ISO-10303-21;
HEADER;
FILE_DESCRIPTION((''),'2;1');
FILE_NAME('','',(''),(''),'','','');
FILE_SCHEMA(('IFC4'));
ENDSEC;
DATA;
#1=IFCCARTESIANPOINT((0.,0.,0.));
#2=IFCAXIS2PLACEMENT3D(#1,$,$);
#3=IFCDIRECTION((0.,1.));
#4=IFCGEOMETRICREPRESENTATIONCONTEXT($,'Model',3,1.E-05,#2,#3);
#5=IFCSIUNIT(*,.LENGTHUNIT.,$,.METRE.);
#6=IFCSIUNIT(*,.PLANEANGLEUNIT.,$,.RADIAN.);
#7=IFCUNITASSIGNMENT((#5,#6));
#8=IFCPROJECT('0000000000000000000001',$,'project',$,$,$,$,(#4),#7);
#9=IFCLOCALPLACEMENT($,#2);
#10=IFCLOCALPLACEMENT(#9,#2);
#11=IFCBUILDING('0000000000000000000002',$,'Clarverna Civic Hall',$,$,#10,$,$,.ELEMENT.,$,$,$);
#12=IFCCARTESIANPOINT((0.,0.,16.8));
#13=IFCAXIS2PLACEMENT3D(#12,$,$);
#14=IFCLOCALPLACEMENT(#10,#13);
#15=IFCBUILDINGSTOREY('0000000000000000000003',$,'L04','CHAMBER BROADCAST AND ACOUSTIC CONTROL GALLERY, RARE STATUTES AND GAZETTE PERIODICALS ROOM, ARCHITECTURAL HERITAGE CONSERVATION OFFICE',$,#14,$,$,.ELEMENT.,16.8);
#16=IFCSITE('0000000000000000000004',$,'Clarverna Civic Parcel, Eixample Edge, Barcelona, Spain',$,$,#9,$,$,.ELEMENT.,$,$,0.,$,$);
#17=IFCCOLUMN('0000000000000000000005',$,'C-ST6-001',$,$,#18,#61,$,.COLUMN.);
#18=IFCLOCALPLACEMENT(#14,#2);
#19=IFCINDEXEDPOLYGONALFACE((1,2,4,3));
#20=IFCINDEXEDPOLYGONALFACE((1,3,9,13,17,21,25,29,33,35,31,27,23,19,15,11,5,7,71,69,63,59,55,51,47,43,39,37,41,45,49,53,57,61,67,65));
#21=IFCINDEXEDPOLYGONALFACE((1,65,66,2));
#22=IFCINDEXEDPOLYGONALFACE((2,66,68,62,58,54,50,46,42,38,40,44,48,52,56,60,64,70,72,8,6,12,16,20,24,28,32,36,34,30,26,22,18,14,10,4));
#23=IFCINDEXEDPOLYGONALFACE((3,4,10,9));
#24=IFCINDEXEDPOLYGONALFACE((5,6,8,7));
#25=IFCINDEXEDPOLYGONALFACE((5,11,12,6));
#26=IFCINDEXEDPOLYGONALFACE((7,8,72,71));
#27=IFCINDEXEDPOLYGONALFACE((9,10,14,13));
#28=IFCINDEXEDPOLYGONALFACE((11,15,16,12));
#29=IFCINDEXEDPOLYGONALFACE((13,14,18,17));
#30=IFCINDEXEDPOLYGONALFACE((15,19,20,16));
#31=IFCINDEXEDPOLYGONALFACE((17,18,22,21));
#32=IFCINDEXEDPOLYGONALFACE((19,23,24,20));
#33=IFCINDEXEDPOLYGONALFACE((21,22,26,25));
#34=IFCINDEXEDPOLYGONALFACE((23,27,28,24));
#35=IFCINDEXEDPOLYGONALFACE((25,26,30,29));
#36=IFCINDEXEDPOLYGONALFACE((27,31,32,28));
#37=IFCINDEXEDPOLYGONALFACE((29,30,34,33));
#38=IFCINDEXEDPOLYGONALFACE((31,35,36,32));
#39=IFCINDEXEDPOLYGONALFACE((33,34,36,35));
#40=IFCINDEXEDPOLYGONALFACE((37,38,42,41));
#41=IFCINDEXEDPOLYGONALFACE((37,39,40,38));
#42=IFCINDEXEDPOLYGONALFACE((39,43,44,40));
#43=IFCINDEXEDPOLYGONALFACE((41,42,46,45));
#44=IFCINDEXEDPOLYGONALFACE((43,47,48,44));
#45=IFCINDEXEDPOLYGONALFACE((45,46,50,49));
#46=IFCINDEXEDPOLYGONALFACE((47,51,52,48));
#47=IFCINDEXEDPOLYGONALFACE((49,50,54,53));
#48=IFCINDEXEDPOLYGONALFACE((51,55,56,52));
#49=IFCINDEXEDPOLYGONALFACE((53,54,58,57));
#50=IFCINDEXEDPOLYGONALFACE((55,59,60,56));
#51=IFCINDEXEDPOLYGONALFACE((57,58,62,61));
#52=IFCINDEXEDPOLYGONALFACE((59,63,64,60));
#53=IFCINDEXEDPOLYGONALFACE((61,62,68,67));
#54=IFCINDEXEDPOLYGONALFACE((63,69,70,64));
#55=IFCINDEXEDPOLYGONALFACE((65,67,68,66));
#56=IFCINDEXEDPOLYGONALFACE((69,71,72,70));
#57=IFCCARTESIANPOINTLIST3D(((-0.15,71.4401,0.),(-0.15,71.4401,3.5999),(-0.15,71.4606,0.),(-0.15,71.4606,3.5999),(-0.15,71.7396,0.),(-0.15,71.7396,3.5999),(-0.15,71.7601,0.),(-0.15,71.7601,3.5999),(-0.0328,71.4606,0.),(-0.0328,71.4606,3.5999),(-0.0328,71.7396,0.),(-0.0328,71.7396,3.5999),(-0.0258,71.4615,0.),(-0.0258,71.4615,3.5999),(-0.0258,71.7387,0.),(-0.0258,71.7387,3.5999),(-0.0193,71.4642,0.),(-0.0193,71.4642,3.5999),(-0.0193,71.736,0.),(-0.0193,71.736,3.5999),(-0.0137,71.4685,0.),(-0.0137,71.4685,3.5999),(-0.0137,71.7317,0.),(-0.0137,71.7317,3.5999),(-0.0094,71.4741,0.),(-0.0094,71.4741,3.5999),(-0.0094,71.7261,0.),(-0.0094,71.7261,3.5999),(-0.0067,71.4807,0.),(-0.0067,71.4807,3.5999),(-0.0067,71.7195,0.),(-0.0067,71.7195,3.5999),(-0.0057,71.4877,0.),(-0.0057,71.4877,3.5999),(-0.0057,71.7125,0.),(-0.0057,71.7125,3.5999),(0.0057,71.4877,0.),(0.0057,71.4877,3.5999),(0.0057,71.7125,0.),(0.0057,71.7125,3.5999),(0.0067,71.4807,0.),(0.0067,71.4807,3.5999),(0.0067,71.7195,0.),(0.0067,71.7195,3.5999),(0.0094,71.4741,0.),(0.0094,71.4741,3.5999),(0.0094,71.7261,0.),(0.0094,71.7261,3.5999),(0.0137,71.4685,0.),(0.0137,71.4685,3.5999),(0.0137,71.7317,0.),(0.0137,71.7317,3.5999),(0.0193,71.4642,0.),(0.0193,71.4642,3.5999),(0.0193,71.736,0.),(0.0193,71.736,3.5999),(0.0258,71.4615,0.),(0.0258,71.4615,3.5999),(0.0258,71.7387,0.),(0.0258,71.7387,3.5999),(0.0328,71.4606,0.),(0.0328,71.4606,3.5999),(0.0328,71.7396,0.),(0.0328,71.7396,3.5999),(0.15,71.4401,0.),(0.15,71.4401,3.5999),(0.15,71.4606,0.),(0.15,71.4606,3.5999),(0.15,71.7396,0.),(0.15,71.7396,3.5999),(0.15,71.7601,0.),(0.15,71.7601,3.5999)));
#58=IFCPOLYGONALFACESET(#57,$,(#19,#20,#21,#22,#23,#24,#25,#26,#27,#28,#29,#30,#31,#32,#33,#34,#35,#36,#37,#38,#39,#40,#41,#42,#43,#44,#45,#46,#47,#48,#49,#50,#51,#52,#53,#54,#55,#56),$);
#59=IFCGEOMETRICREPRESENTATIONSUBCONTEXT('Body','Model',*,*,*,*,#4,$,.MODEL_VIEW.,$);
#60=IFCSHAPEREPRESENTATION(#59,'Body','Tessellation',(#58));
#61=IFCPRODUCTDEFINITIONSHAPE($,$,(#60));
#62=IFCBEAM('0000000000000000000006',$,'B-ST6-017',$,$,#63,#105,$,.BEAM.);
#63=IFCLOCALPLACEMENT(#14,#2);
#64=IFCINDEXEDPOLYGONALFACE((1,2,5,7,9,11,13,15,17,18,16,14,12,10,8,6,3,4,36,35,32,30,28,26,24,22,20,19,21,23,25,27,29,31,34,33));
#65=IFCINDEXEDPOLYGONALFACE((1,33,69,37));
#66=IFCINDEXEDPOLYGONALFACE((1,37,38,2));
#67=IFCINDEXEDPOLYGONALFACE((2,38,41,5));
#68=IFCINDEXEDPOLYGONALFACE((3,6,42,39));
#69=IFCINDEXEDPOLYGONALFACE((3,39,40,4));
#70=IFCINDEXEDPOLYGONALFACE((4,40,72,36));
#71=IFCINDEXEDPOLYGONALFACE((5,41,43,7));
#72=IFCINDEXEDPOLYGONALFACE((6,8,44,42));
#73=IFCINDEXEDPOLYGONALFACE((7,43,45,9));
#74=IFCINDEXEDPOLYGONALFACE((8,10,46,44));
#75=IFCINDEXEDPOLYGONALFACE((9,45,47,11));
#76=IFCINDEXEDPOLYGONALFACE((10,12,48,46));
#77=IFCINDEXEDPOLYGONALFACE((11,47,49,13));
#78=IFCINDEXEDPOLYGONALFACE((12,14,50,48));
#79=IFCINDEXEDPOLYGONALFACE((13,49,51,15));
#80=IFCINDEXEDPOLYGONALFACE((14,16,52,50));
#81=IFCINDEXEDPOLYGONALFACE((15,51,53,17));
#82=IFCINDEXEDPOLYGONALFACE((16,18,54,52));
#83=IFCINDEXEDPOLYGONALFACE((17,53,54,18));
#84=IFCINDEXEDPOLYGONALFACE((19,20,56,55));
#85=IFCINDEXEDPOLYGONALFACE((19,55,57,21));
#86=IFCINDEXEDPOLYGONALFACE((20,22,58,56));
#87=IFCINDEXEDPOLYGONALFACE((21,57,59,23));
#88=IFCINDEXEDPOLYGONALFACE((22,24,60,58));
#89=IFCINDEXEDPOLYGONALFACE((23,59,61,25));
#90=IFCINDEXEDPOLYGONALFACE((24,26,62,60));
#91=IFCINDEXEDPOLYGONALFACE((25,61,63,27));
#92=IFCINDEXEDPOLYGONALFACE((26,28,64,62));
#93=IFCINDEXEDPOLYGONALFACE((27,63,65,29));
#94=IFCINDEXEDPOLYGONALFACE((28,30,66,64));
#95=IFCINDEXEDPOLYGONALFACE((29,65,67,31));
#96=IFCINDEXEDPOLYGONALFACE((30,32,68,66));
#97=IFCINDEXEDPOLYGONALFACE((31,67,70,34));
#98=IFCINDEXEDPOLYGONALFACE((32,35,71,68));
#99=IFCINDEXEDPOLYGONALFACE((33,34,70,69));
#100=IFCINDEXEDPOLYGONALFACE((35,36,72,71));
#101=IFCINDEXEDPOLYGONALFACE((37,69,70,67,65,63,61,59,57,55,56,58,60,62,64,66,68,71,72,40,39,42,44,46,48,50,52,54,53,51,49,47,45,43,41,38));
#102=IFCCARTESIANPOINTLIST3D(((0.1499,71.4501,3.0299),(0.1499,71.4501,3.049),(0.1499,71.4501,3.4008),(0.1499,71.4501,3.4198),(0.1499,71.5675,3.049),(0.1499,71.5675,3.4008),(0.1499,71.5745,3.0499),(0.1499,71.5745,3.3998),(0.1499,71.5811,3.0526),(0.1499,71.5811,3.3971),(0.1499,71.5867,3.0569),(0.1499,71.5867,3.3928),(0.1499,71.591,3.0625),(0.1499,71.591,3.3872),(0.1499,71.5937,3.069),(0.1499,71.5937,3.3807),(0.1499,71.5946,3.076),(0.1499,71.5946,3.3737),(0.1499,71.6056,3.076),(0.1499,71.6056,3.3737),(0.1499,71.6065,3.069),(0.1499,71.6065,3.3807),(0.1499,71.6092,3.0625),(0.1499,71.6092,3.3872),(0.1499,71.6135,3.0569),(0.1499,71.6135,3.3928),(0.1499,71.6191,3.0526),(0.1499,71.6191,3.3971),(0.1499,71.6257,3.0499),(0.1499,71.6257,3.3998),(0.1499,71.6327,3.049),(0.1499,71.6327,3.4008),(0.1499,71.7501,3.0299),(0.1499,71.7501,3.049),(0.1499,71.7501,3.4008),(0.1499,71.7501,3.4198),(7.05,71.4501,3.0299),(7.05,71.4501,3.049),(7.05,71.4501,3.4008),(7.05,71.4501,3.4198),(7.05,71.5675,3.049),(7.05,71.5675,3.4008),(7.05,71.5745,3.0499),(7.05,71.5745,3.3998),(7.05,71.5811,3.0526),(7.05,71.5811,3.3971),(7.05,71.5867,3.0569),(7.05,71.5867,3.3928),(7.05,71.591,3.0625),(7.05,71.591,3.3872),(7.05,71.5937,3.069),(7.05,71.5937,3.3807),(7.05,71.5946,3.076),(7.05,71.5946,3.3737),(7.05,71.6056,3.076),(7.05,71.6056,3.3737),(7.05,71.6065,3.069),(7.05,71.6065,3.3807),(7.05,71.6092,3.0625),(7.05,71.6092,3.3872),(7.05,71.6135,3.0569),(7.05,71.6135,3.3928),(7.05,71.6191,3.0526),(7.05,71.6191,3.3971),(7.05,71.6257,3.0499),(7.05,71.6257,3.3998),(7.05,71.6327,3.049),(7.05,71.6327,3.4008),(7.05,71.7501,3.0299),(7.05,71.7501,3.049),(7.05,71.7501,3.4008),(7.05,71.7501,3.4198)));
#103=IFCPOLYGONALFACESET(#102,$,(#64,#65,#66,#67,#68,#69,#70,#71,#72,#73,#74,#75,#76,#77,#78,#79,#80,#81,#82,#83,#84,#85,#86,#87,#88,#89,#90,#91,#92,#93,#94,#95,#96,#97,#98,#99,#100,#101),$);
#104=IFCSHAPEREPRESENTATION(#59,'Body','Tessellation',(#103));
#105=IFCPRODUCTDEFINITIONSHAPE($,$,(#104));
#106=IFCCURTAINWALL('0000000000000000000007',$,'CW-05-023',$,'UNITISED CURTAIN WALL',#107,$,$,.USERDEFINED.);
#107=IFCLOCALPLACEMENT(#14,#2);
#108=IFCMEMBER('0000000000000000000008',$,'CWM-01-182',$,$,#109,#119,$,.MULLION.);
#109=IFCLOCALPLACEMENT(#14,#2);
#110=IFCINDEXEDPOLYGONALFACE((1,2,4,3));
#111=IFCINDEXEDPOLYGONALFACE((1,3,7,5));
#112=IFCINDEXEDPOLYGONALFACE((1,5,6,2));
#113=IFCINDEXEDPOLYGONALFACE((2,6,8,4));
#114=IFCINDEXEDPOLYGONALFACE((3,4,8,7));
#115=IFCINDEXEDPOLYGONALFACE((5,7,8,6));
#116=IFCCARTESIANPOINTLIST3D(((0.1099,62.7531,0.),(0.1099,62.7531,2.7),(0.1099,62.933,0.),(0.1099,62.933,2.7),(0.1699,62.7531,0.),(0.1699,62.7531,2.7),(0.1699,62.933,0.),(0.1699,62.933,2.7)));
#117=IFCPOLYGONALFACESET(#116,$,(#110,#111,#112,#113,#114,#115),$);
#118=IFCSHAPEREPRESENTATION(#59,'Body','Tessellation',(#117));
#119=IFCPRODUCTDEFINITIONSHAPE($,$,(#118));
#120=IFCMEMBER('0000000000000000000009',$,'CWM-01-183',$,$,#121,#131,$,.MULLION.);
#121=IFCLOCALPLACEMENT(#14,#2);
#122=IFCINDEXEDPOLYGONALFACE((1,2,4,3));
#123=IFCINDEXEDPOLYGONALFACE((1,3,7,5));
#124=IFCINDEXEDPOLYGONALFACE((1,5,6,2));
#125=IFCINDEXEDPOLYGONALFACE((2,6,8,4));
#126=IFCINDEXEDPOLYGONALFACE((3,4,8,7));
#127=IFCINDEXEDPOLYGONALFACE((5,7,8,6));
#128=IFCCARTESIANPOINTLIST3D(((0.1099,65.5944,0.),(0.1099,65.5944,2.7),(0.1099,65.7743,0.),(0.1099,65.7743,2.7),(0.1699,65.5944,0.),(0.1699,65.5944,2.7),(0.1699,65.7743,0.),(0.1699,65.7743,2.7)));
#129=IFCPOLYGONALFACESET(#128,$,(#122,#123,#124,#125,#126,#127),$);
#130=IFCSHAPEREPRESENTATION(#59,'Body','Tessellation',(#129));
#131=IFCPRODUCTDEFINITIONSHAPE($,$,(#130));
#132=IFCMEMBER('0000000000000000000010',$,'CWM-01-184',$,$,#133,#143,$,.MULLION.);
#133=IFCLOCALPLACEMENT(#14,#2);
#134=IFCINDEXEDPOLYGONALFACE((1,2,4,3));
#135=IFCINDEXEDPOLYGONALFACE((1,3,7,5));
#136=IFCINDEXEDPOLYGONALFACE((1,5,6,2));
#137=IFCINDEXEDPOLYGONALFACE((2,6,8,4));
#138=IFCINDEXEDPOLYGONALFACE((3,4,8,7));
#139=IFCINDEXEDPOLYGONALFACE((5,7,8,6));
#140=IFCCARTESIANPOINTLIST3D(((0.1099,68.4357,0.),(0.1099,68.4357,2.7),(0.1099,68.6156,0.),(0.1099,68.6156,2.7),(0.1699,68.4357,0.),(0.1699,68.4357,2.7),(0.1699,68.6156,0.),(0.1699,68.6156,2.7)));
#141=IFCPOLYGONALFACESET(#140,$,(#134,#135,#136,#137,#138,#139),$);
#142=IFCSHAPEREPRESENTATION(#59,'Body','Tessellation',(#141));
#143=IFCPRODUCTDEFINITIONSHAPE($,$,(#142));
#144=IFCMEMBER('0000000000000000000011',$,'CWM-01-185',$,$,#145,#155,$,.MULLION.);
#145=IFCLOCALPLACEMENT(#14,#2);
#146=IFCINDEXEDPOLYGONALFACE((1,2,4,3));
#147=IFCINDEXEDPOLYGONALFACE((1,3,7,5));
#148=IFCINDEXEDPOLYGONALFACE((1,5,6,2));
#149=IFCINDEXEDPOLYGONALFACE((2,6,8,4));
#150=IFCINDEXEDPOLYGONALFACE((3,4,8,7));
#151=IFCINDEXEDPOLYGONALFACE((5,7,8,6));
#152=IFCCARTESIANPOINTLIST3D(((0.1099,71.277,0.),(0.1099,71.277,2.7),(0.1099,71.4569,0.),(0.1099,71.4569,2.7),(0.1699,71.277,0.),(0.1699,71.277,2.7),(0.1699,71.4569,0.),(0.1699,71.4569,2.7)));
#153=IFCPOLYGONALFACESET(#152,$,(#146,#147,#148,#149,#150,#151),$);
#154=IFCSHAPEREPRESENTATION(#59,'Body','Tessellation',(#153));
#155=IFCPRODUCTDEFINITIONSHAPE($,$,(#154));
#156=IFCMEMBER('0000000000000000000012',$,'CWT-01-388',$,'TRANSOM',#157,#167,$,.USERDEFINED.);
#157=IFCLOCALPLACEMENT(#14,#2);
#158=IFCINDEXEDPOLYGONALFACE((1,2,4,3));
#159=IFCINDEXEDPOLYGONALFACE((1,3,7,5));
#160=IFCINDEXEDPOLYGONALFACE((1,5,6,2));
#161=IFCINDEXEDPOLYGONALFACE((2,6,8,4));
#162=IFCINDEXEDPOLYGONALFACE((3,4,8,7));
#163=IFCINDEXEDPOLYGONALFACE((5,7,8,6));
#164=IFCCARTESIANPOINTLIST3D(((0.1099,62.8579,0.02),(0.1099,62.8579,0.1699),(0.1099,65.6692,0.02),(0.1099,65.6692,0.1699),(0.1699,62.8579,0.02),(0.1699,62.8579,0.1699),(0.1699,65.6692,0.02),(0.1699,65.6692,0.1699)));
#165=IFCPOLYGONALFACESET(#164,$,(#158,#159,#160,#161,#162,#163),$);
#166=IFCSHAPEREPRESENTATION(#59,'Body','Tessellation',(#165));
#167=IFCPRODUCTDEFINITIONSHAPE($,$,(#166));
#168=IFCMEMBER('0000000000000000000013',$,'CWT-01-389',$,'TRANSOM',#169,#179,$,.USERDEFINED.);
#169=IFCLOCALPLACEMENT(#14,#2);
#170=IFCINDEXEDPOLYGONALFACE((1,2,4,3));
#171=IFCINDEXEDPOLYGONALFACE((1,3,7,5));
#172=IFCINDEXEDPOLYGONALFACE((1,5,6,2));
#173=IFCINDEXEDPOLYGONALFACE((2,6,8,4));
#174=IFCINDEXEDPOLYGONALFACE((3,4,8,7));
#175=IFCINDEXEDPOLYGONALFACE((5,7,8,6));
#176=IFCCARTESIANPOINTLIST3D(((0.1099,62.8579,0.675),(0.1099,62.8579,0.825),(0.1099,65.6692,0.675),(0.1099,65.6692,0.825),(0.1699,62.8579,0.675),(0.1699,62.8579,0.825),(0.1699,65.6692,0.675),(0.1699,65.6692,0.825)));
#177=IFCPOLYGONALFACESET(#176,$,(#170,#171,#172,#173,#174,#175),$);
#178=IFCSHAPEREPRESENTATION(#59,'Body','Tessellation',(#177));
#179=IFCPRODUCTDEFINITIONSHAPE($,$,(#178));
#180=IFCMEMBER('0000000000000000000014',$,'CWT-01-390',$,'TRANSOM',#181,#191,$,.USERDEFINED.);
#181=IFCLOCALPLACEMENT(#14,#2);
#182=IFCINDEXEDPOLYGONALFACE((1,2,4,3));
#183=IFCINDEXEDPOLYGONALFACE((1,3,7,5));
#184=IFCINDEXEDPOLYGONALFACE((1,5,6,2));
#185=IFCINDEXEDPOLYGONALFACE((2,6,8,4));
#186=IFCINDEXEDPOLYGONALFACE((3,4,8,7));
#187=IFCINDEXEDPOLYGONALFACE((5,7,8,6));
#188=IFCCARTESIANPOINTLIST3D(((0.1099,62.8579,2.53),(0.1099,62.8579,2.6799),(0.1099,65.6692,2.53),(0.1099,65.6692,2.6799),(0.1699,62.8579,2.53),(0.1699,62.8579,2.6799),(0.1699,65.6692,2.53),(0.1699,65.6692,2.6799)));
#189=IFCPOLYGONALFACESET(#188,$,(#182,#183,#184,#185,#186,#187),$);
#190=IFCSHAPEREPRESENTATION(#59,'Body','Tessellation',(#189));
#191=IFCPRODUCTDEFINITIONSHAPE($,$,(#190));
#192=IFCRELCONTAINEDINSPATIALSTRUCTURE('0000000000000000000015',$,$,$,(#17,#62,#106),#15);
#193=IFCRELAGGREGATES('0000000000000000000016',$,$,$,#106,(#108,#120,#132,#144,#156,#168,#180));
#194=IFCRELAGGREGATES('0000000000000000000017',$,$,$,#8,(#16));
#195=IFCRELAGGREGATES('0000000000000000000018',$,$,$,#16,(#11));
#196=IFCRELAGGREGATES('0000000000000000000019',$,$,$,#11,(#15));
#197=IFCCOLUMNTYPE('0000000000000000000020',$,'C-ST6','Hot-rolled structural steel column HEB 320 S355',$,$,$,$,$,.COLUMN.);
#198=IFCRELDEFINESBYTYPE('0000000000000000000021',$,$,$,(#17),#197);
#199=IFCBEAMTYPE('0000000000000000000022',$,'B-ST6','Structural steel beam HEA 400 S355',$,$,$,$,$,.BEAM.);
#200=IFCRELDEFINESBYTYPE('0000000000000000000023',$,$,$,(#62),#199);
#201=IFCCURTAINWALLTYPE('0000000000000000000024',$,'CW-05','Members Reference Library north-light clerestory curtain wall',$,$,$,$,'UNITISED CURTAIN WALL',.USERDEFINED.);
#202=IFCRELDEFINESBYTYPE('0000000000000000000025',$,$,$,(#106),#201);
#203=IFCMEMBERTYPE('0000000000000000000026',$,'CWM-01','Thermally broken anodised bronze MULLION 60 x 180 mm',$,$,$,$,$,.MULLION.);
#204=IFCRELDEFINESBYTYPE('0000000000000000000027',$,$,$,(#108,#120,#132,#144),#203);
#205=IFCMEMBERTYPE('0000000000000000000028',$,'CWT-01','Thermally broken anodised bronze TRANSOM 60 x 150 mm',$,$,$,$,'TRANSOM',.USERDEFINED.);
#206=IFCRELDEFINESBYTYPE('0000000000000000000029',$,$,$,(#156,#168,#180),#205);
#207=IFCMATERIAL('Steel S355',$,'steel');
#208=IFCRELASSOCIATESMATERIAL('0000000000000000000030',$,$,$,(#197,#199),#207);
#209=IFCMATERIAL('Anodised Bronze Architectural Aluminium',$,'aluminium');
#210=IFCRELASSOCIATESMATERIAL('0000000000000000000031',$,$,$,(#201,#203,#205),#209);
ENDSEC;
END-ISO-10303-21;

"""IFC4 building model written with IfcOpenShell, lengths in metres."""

from ifc_helpers import new_model, si_unit, direction, frame, origin, origin_2d, place, context, subcontext, project, spatial, rectangle, i_section, extrude, material, material_profile, profile_set, type_object, element, aggregate, save


model = new_model("IFC4")

# Units and contexts
model_context = context("Model", 3, precision=1e-05, world=origin(), true_north=direction((0.0, 1.0)))
body_context = subcontext(model_context, "Body", "Model", "MODEL_VIEW")
ifc_project = project(units=[si_unit("LENGTHUNIT", "METRE"), si_unit("PLANEANGLEUNIT", "RADIAN")], contexts=[model_context])

# Site, building, storey
site_placement = place(None, origin())
site = spatial("IfcSite", under=ifc_project, at=site_placement, Name="Clarverna Civic Parcel, Eixample Edge, Barcelona, Spain", CompositionType="ELEMENT", RefElevation=0.0)
building_placement = place(site_placement, origin())
building = spatial("IfcBuilding", under=site, at=building_placement, Name="Clarverna Civic Hall", CompositionType="ELEMENT")
storey_placement = place(building_placement, frame((0.0, 0.0, 16.8)))
storey = spatial("IfcBuildingStorey", under=building, at=storey_placement, Name="L04", Description="CHAMBER BROADCAST AND ACOUSTIC CONTROL GALLERY, RARE STATUTES AND GAZETTE PERIODICALS ROOM, ARCHITECTURAL HERITAGE CONSERVATION OFFICE", CompositionType="ELEMENT", Elevation=16.8)

# Column
ifc_material_1 = material(Name="Steel S355", Category="steel")
ifc_material_profile_1 = material_profile(ifc_material_1, i_section(OverallWidth=0.3, OverallDepth=0.3201, WebThickness=0.0115, FlangeThickness=0.0205, FilletRadius=0.0271, at=origin_2d()), Name="HEB 320")
ifc_profile_set_1 = profile_set([ifc_material_profile_1], Name="Steel S355")
column_type = type_object("IfcColumnType", Name="C-ST6", Description="Hot-rolled structural steel column HEB 320 S355", PredefinedType="COLUMN", material=ifc_profile_set_1)
column_placement = place(storey_placement, frame((0.0, 71.6001, 0.0), z_axis=(0.0, 0.0, 1.0), x_axis=(1.0, 0.0, 0.0)))
element("IfcColumn", 1, at=column_placement, inside=storey, type_object=column_type, Name="C-ST6-001", PredefinedType="COLUMN", context=body_context, shape_type="SweptSolid", body=[
    extrude(i_section(OverallWidth=0.3, OverallDepth=0.3201, WebThickness=0.0115, FlangeThickness=0.0205, FilletRadius=0.0271, at=origin_2d()), origin(), (0.0, 0.0, 1.0), 3.5999),
])

# Beam
ifc_material_profile_2 = material_profile(ifc_material_1, i_section(OverallWidth=0.3, OverallDepth=0.3899, WebThickness=0.011, FlangeThickness=0.019, FilletRadius=0.0271, at=origin_2d()), Name="HEA 400")
ifc_profile_set_2 = profile_set([ifc_material_profile_2], Name="Steel S355")
beam_type = type_object("IfcBeamType", Name="B-ST6", Description="Structural steel beam HEA 400 S355", PredefinedType="BEAM", material=ifc_profile_set_2)
beam_placement = place(storey_placement, frame((0.1499, 71.6001, 3.2249), z_axis=(1.0, 0.0, 0.0), x_axis=(0.0, 1.0, 0.0)))
element("IfcBeam", 2, at=beam_placement, inside=storey, type_object=beam_type, Name="B-ST6-017", PredefinedType="BEAM", context=body_context, shape_type="SweptSolid", body=[
    extrude(i_section(OverallWidth=0.3, OverallDepth=0.3899, WebThickness=0.011, FlangeThickness=0.019, FilletRadius=0.0271, at=origin_2d()), origin(), (0.0, 0.0, 1.0), 6.9001),
])

# Curtain wall, members
ifc_material_2 = material(Name="Anodised Bronze Architectural Aluminium", Category="aluminium")
curtain_wall_type = type_object("IfcCurtainWallType", Name="CW-05", Description="Members Reference Library north-light clerestory curtain wall", ElementType="UNITISED CURTAIN WALL", PredefinedType="USERDEFINED", material=ifc_material_2)
curtain_wall_placement = place(storey_placement, origin())
curtain_wall = element("IfcCurtainWall", 3, at=curtain_wall_placement, inside=storey, type_object=curtain_wall_type, Name="CW-05-023", ObjectType="UNITISED CURTAIN WALL", PredefinedType="USERDEFINED")
ifc_material_profile_3 = material_profile(ifc_material_2, rectangle(XDim=0.0601, YDim=0.1799, at=origin_2d()), Name="BRONZE 60x180")
ifc_profile_set_3 = profile_set([ifc_material_profile_3], Name="Anodised Bronze Architectural Aluminium")
member_type_1 = type_object("IfcMemberType", Name="CWM-01", Description="Thermally broken anodised bronze MULLION 60 x 180 mm", PredefinedType="MULLION", material=ifc_profile_set_3)
member_1_placement = place(storey_placement, frame((0.1399, 62.843, 0.0), z_axis=(0.0, 0.0, 1.0), x_axis=(1.0, 0.0, 0.0)))
member_1 = element("IfcMember", 4, at=member_1_placement, type_object=member_type_1, Name="CWM-01-182", PredefinedType="MULLION", context=body_context, shape_type="SweptSolid", body=[
    extrude(rectangle(XDim=0.0601, YDim=0.1799, at=origin_2d()), origin(), (0.0, 0.0, 1.0), 2.7),
])
member_2_placement = place(storey_placement, frame((0.1399, 65.6843, 0.0), z_axis=(0.0, 0.0, 1.0), x_axis=(1.0, 0.0, 0.0)))
member_2 = element("IfcMember", 5, at=member_2_placement, type_object=member_type_1, Name="CWM-01-183", PredefinedType="MULLION", context=body_context, shape_type="SweptSolid", body=[
    extrude(rectangle(XDim=0.0601, YDim=0.1799, at=origin_2d()), origin(), (0.0, 0.0, 1.0), 2.7),
])
member_3_placement = place(storey_placement, frame((0.1399, 68.5256, 0.0), z_axis=(0.0, 0.0, 1.0), x_axis=(1.0, 0.0, 0.0)))
member_3 = element("IfcMember", 6, at=member_3_placement, type_object=member_type_1, Name="CWM-01-184", PredefinedType="MULLION", context=body_context, shape_type="SweptSolid", body=[
    extrude(rectangle(XDim=0.0601, YDim=0.1799, at=origin_2d()), origin(), (0.0, 0.0, 1.0), 2.7),
])
member_4_placement = place(storey_placement, frame((0.1399, 71.3669, 0.0), z_axis=(0.0, 0.0, 1.0), x_axis=(1.0, 0.0, 0.0)))
member_4 = element("IfcMember", 7, at=member_4_placement, type_object=member_type_1, Name="CWM-01-185", PredefinedType="MULLION", context=body_context, shape_type="SweptSolid", body=[
    extrude(rectangle(XDim=0.0601, YDim=0.1799, at=origin_2d()), origin(), (0.0, 0.0, 1.0), 2.7),
])
ifc_material_profile_4 = material_profile(ifc_material_2, rectangle(XDim=0.0601, YDim=0.1499, at=origin_2d()), Name="BRONZE 60x150")
ifc_profile_set_4 = profile_set([ifc_material_profile_4], Name="Anodised Bronze Architectural Aluminium")
member_type_2 = type_object("IfcMemberType", Name="CWT-01", Description="Thermally broken anodised bronze TRANSOM 60 x 150 mm", ElementType="TRANSOM", PredefinedType="USERDEFINED", material=ifc_profile_set_4)
member_5_placement = place(storey_placement, frame((0.1399, 62.8579, 0.095), z_axis=(0.0, 1.0, 0.0), x_axis=(-1.0, 0.0, 0.0)))
member_5 = element("IfcMember", 8, at=member_5_placement, type_object=member_type_2, Name="CWT-01-388", ObjectType="TRANSOM", PredefinedType="USERDEFINED", context=body_context, shape_type="SweptSolid", body=[
    extrude(rectangle(XDim=0.0601, YDim=0.1499, at=origin_2d()), origin(), (0.0, 0.0, 1.0), 2.8113),
])
member_6_placement = place(storey_placement, frame((0.1399, 62.8579, 0.75), z_axis=(0.0, 1.0, 0.0), x_axis=(-1.0, 0.0, 0.0)))
member_6 = element("IfcMember", 9, at=member_6_placement, type_object=member_type_2, Name="CWT-01-389", ObjectType="TRANSOM", PredefinedType="USERDEFINED", context=body_context, shape_type="SweptSolid", body=[
    extrude(rectangle(XDim=0.0601, YDim=0.1499, at=origin_2d()), origin(), (0.0, 0.0, 1.0), 2.8113),
])
member_7_placement = place(storey_placement, frame((0.1399, 62.8579, 2.605), z_axis=(0.0, 1.0, 0.0), x_axis=(-1.0, 0.0, 0.0)))
member_7 = element("IfcMember", 10, at=member_7_placement, type_object=member_type_2, Name="CWT-01-390", ObjectType="TRANSOM", PredefinedType="USERDEFINED", context=body_context, shape_type="SweptSolid", body=[
    extrude(rectangle(XDim=0.0601, YDim=0.1499, at=origin_2d()), origin(), (0.0, 0.0, 1.0), 2.8113),
])
aggregate(curtain_wall, [member_1, member_2, member_3, member_4, member_5, member_6, member_7])

save(model, "model.ifc")
